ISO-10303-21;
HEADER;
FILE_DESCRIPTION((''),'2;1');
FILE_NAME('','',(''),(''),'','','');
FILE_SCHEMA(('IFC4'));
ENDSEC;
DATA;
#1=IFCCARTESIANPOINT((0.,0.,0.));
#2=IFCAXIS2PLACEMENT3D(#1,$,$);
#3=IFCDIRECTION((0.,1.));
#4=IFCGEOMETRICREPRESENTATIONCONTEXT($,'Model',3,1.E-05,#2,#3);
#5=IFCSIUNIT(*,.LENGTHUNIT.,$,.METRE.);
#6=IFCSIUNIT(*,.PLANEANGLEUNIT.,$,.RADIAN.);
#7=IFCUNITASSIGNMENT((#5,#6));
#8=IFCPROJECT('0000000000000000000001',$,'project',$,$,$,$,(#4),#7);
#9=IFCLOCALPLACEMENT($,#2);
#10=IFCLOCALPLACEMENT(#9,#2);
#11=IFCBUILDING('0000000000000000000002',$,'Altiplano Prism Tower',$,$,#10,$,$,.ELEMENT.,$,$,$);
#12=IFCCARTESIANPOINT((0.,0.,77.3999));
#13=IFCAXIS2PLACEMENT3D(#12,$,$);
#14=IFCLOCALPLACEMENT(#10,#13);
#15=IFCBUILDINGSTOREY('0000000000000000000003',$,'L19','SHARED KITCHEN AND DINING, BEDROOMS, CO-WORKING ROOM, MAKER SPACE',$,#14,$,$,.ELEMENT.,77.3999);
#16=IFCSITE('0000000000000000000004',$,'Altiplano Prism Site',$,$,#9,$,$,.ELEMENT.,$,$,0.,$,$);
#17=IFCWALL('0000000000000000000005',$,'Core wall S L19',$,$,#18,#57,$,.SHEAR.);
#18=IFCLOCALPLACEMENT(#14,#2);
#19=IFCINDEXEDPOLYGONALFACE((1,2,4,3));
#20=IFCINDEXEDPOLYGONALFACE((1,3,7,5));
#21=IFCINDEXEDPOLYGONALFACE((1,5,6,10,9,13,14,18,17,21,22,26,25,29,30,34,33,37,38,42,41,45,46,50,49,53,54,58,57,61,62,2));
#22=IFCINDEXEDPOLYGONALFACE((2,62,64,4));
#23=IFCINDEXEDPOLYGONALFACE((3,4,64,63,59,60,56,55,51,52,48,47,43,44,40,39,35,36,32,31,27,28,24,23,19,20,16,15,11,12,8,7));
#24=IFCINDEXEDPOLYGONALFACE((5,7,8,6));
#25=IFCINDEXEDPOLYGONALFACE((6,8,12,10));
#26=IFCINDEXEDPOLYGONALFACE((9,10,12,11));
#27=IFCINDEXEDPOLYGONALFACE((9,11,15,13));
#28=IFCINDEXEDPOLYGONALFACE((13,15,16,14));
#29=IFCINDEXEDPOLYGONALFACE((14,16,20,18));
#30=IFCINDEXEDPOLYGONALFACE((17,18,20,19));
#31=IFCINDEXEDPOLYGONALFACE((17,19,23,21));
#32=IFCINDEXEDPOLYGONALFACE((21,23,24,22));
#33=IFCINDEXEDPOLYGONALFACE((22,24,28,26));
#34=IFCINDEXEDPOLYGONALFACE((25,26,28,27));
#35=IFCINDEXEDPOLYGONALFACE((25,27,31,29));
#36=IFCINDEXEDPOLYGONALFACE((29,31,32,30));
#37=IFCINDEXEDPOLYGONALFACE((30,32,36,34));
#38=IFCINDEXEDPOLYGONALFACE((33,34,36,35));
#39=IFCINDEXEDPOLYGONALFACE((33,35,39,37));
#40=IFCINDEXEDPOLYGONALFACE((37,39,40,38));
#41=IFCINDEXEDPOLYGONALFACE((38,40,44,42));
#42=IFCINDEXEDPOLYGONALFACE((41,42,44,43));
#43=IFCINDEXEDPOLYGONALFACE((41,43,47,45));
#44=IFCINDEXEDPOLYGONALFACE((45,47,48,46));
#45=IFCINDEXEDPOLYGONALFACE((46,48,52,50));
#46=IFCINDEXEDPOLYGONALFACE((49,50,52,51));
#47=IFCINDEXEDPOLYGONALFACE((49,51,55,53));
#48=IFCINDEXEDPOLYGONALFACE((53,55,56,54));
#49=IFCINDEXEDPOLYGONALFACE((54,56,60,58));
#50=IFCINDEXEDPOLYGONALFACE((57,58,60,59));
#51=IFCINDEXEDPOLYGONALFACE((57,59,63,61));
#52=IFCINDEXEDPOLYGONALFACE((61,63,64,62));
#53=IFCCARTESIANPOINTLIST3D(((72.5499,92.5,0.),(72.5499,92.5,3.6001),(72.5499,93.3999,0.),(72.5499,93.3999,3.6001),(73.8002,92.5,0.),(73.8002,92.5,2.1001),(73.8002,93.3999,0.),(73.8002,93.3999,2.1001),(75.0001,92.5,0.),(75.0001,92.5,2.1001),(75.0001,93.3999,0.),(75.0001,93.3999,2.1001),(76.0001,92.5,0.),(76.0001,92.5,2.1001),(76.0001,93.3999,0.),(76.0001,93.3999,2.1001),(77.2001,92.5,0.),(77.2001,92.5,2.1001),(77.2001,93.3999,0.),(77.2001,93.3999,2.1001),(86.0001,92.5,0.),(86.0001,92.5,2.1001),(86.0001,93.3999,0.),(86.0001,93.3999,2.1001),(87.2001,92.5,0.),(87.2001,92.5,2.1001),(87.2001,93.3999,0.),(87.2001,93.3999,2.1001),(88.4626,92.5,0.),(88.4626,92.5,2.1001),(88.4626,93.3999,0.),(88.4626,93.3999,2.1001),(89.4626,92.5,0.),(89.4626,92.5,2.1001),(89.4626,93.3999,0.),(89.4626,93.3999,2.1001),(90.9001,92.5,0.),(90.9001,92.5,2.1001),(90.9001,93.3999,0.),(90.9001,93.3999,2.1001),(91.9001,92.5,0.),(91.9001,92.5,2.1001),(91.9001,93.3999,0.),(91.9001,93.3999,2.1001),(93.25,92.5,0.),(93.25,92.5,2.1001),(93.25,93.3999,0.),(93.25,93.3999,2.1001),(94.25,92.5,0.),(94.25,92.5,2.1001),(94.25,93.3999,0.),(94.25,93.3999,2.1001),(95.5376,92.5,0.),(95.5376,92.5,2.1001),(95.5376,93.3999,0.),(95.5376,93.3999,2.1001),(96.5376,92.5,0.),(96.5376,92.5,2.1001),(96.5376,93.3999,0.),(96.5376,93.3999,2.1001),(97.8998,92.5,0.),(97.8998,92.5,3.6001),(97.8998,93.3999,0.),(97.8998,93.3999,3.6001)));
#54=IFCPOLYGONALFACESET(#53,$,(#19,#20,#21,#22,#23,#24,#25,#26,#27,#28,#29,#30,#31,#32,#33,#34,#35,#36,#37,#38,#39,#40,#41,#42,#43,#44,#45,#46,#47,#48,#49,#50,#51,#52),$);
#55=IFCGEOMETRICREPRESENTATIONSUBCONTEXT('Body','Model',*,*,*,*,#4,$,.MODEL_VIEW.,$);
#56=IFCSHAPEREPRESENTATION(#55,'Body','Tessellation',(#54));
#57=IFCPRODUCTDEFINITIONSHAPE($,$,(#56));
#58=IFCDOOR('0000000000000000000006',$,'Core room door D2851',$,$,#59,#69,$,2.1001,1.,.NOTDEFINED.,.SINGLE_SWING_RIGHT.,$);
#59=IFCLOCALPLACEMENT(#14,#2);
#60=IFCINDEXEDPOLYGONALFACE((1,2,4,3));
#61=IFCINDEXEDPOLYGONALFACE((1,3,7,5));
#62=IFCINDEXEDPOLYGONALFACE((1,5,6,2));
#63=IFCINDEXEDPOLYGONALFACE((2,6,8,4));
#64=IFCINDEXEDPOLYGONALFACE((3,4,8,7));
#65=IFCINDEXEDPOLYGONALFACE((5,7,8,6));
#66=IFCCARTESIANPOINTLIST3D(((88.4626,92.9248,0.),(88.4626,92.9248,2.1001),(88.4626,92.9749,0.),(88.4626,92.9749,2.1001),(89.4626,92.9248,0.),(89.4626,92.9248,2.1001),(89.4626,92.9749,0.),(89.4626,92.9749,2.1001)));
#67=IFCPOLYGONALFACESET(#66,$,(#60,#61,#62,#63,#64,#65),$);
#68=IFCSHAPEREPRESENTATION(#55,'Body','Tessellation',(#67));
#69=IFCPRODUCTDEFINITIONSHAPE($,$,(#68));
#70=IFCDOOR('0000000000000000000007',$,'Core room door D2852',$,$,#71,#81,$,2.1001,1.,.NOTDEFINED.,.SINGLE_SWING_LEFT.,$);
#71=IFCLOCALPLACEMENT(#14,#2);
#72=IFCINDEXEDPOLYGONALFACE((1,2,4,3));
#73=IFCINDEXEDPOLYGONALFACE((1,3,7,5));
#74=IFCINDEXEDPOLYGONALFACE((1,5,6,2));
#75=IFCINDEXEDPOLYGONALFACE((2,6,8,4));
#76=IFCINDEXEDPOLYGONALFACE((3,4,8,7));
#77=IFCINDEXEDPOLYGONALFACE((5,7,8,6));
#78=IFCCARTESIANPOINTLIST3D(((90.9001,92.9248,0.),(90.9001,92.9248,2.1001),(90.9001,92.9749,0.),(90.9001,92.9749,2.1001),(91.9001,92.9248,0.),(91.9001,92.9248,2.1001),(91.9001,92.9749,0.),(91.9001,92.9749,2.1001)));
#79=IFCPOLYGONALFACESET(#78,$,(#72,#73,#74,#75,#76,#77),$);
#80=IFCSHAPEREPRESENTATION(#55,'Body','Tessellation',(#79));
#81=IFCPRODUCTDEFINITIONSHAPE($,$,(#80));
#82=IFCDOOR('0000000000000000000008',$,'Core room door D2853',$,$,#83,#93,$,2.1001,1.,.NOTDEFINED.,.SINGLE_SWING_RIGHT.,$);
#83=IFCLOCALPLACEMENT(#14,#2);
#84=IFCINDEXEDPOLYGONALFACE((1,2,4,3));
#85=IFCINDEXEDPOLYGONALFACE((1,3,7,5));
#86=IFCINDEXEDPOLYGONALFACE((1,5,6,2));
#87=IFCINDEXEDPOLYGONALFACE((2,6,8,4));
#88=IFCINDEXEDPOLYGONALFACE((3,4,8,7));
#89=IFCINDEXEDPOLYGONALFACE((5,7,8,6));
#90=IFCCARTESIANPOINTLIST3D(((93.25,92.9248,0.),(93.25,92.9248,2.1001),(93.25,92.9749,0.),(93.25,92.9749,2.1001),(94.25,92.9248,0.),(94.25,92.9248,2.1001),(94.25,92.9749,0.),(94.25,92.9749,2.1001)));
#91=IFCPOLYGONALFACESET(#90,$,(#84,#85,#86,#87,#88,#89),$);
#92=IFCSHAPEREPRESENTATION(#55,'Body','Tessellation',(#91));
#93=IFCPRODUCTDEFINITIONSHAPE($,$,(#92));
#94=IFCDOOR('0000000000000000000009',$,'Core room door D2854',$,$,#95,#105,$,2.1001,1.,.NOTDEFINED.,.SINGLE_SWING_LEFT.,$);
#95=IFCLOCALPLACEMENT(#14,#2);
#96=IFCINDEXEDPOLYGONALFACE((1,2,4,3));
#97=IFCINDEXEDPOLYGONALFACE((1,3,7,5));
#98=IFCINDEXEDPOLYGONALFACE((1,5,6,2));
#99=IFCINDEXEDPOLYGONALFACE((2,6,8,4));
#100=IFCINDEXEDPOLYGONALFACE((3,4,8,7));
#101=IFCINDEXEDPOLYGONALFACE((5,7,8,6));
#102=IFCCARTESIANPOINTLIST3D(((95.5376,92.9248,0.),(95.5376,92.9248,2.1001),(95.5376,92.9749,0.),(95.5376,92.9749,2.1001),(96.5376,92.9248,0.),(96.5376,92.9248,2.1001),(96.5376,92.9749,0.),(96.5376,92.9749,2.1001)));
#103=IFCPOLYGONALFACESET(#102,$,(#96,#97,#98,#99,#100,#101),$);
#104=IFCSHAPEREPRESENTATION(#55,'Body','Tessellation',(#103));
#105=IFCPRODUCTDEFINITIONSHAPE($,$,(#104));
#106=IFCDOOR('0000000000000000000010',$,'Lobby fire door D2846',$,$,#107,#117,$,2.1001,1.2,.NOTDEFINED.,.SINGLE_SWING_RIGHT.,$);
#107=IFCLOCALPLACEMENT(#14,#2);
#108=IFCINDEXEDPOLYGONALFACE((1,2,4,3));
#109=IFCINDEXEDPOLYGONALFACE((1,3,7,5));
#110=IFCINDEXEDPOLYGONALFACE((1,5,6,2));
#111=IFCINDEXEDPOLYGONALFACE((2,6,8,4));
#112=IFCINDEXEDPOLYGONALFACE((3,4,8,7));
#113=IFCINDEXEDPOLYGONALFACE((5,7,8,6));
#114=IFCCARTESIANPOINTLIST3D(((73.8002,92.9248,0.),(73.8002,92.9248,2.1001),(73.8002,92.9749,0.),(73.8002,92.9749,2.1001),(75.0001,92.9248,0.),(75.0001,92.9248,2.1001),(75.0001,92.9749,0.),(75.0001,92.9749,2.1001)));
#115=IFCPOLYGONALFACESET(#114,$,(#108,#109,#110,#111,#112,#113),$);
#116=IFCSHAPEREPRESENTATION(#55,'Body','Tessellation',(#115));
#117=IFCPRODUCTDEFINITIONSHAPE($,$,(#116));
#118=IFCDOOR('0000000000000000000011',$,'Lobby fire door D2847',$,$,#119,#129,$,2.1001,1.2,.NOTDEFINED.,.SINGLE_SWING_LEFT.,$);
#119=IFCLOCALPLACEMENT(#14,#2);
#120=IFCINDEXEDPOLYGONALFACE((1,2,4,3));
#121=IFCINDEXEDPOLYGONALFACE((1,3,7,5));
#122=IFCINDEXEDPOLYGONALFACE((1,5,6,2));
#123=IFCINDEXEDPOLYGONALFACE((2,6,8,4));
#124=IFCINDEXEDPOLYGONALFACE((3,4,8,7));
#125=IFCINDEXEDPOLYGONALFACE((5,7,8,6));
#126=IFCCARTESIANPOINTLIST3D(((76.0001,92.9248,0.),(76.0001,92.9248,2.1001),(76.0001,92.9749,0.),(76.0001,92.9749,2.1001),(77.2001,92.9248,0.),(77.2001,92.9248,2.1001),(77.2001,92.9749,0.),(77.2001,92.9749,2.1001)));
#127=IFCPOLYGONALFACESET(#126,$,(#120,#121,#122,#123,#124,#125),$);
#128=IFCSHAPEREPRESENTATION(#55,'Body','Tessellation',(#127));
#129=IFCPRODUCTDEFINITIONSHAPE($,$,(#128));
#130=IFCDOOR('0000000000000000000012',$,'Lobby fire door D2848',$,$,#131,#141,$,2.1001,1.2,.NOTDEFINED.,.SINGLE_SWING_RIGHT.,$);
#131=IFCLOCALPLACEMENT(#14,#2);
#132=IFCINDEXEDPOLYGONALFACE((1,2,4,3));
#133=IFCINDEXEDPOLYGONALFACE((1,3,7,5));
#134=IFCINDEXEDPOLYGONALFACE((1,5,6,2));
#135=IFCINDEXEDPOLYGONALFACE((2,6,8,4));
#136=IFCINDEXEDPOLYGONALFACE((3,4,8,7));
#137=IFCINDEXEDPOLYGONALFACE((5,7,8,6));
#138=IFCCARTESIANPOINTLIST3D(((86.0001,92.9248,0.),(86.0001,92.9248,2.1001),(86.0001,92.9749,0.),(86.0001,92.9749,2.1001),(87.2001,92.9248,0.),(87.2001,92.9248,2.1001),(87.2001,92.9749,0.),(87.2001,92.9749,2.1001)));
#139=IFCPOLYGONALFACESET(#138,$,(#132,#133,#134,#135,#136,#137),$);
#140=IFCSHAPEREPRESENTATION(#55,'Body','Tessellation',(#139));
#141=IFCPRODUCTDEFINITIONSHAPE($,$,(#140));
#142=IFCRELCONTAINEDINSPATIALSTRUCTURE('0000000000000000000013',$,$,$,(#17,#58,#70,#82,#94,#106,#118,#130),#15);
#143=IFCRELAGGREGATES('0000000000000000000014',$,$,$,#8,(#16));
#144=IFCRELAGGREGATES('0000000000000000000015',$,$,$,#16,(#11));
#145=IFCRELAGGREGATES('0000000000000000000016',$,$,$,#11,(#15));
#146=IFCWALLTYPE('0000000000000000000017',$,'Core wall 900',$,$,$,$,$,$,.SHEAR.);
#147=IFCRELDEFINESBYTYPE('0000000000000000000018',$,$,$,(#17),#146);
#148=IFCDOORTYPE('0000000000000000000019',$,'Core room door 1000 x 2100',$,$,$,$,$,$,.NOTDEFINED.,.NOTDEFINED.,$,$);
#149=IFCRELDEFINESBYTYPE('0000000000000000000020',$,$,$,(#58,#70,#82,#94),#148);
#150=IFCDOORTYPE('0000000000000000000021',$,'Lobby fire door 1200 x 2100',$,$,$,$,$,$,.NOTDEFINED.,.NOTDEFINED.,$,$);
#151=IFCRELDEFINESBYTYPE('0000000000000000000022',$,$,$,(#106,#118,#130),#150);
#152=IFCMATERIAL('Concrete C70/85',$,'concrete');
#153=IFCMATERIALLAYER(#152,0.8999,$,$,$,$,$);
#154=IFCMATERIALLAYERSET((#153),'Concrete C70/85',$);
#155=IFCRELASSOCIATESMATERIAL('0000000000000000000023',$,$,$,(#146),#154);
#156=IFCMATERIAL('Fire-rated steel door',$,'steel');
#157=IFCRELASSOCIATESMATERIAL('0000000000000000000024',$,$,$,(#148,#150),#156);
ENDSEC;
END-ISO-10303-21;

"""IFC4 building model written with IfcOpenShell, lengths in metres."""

from ifc_helpers import new_model, si_unit, direction, frame, frame_2d, origin, place, context, subcontext, project, spatial, rectangle, extrude, material, layer, layer_set, type_object, element, fill, save


model = new_model("IFC4")

# Units and contexts
model_context = context("Model", 3, precision=1e-05, world=origin(), true_north=direction((0.0, 1.0)))
body_context = subcontext(model_context, "Body", "Model", "MODEL_VIEW")
ifc_project = project(units=[si_unit("LENGTHUNIT", "METRE"), si_unit("PLANEANGLEUNIT", "RADIAN")], contexts=[model_context])

# Site, building, storey
site_placement = place(None, origin())
site = spatial("IfcSite", under=ifc_project, at=site_placement, Name="Altiplano Prism Site", CompositionType="ELEMENT", RefElevation=0.0)
building_placement = place(site_placement, origin())
building = spatial("IfcBuilding", under=site, at=building_placement, Name="Altiplano Prism Tower", CompositionType="ELEMENT")
storey_placement = place(building_placement, frame((0.0, 0.0, 77.3999)))
storey = spatial("IfcBuildingStorey", under=building, at=storey_placement, Name="L19", Description="SHARED KITCHEN AND DINING, BEDROOMS, CO-WORKING ROOM, MAKER SPACE", CompositionType="ELEMENT", Elevation=77.3999)

# Wall, openings, doors
ifc_material_1 = material(Name="Concrete C70/85", Category="concrete")
ifc_layer_1 = layer(ifc_material_1, 0.8999)
ifc_layer_set_1 = layer_set([ifc_layer_1], Name="Concrete C70/85")
wall_type_1 = type_object("IfcWallType", Name="Core wall 900", PredefinedType="SHEAR", material=ifc_layer_set_1)
wall_1_placement = place(storey_placement, frame((72.55, 92.95, 0.0), z_axis=(0.0, 0.0, 1.0), x_axis=(1.0, 0.0, 0.0)))
wall_1 = element("IfcWall", 1, at=wall_1_placement, inside=storey, type_object=wall_type_1, Name="Core wall S L19", PredefinedType="SHEAR", context=body_context, shape_type="SweptSolid", body=[
    extrude(rectangle(XDim=25.3499, YDim=0.8999, at=frame_2d((12.6748, 0.0))), origin(), (0.0, 0.0, 1.0), 3.6001),
])
opening_1_placement = place(wall_1_placement, frame((1.25, 0.0, 0.0)))
opening_1 = element("IfcOpeningElement", 2, at=opening_1_placement, cuts=wall_1, PredefinedType="OPENING", context=body_context, shape_type="SweptSolid", body=[
    extrude(rectangle(XDim=1.2, YDim=2.1001, at=frame_2d((0.6001, 1.05))), frame((0.0, 0.4604, 0.0), z_axis=(0.0, -1.0, 0.0), x_axis=(1.0, 0.0, 0.0)), (0.0, 0.0, 1.0), 0.9209),
])
opening_2_placement = place(wall_1_placement, frame((3.45, 0.0, 0.0)))
opening_2 = element("IfcOpeningElement", 3, at=opening_2_placement, cuts=wall_1, PredefinedType="OPENING", context=body_context, shape_type="SweptSolid", body=[
    extrude(rectangle(XDim=1.2, YDim=2.1001, at=frame_2d((0.6001, 1.05))), frame((0.0, 0.4604, 0.0), z_axis=(0.0, -1.0, 0.0), x_axis=(1.0, 0.0, 0.0)), (0.0, 0.0, 1.0), 0.9209),
])
opening_3_placement = place(wall_1_placement, frame((13.45, 0.0, 0.0)))
opening_3 = element("IfcOpeningElement", 4, at=opening_3_placement, cuts=wall_1, PredefinedType="OPENING", context=body_context, shape_type="SweptSolid", body=[
    extrude(rectangle(XDim=1.2, YDim=2.1001, at=frame_2d((0.6001, 1.05))), frame((0.0, 0.4604, 0.0), z_axis=(0.0, -1.0, 0.0), x_axis=(1.0, 0.0, 0.0)), (0.0, 0.0, 1.0), 0.9209),
])
opening_4_placement = place(wall_1_placement, frame((15.9126, 0.0, 0.0)))
opening_4 = element("IfcOpeningElement", 5, at=opening_4_placement, cuts=wall_1, PredefinedType="OPENING", context=body_context, shape_type="SweptSolid", body=[
    extrude(rectangle(XDim=1.0, YDim=2.1001, at=frame_2d((0.5, 1.05))), frame((0.0, 0.4604, 0.0), z_axis=(0.0, -1.0, 0.0), x_axis=(1.0, 0.0, 0.0)), (0.0, 0.0, 1.0), 0.9209),
])
opening_5_placement = place(wall_1_placement, frame((18.3501, 0.0, 0.0)))
opening_5 = element("IfcOpeningElement", 6, at=opening_5_placement, cuts=wall_1, PredefinedType="OPENING", context=body_context, shape_type="SweptSolid", body=[
    extrude(rectangle(XDim=1.0, YDim=2.1001, at=frame_2d((0.5, 1.05))), frame((0.0, 0.4604, 0.0), z_axis=(0.0, -1.0, 0.0), x_axis=(1.0, 0.0, 0.0)), (0.0, 0.0, 1.0), 0.9209),
])
opening_6_placement = place(wall_1_placement, frame((20.7, 0.0, 0.0)))
opening_6 = element("IfcOpeningElement", 7, at=opening_6_placement, cuts=wall_1, PredefinedType="OPENING", context=body_context, shape_type="SweptSolid", body=[
    extrude(rectangle(XDim=1.0, YDim=2.1001, at=frame_2d((0.5, 1.05))), frame((0.0, 0.4604, 0.0), z_axis=(0.0, -1.0, 0.0), x_axis=(1.0, 0.0, 0.0)), (0.0, 0.0, 1.0), 0.9209),
])
opening_7_placement = place(wall_1_placement, frame((22.9875, 0.0, 0.0)))
opening_7 = element("IfcOpeningElement", 8, at=opening_7_placement, cuts=wall_1, PredefinedType="OPENING", context=body_context, shape_type="SweptSolid", body=[
    extrude(rectangle(XDim=1.0, YDim=2.1001, at=frame_2d((0.5, 1.05))), frame((0.0, 0.4604, 0.0), z_axis=(0.0, -1.0, 0.0), x_axis=(1.0, 0.0, 0.0)), (0.0, 0.0, 1.0), 0.9209),
])
ifc_material_2 = material(Name="Fire-rated steel door", Category="steel")
door_type_1 = type_object("IfcDoorType", Name="Core room door 1000 x 2100", OperationType="NOTDEFINED", PredefinedType="NOTDEFINED", material=ifc_material_2)
door_1_placement = place(opening_4_placement, origin())
door_1 = element("IfcDoor", 9, at=door_1_placement, inside=storey, type_object=door_type_1, Name="Core room door D2851", OperationType="SINGLE_SWING_RIGHT", OverallHeight=2.1001, OverallWidth=1.0, PredefinedType="NOTDEFINED", context=body_context, shape_type="SweptSolid", body=[
    extrude(rectangle(XDim=1.0, YDim=2.1001, at=frame_2d((0.5, 1.05))), frame((0.0, 0.0249, 0.0), z_axis=(0.0, -1.0, 0.0), x_axis=(1.0, 0.0, 0.0)), (0.0, 0.0, 1.0), 0.05),
])
fill(opening_4, door_1)
door_2_placement = place(opening_5_placement, origin())
door_2 = element("IfcDoor", 10, at=door_2_placement, inside=storey, type_object=door_type_1, Name="Core room door D2852", OperationType="SINGLE_SWING_LEFT", OverallHeight=2.1001, OverallWidth=1.0, PredefinedType="NOTDEFINED", context=body_context, shape_type="SweptSolid", body=[
    extrude(rectangle(XDim=1.0, YDim=2.1001, at=frame_2d((0.5, 1.05))), frame((0.0, 0.0249, 0.0), z_axis=(0.0, -1.0, 0.0), x_axis=(1.0, 0.0, 0.0)), (0.0, 0.0, 1.0), 0.05),
])
fill(opening_5, door_2)
door_3_placement = place(opening_6_placement, origin())
door_3 = element("IfcDoor", 11, at=door_3_placement, inside=storey, type_object=door_type_1, Name="Core room door D2853", OperationType="SINGLE_SWING_RIGHT", OverallHeight=2.1001, OverallWidth=1.0, PredefinedType="NOTDEFINED", context=body_context, shape_type="SweptSolid", body=[
    extrude(rectangle(XDim=1.0, YDim=2.1001, at=frame_2d((0.5, 1.05))), frame((0.0, 0.0249, 0.0), z_axis=(0.0, -1.0, 0.0), x_axis=(1.0, 0.0, 0.0)), (0.0, 0.0, 1.0), 0.05),
])
fill(opening_6, door_3)
door_4_placement = place(opening_7_placement, origin())
door_4 = element("IfcDoor", 12, at=door_4_placement, inside=storey, type_object=door_type_1, Name="Core room door D2854", OperationType="SINGLE_SWING_LEFT", OverallHeight=2.1001, OverallWidth=1.0, PredefinedType="NOTDEFINED", context=body_context, shape_type="SweptSolid", body=[
    extrude(rectangle(XDim=1.0, YDim=2.1001, at=frame_2d((0.5, 1.05))), frame((0.0, 0.0249, 0.0), z_axis=(0.0, -1.0, 0.0), x_axis=(1.0, 0.0, 0.0)), (0.0, 0.0, 1.0), 0.05),
])
fill(opening_7, door_4)
door_type_2 = type_object("IfcDoorType", Name="Lobby fire door 1200 x 2100", OperationType="NOTDEFINED", PredefinedType="NOTDEFINED", material=ifc_material_2)
door_5_placement = place(opening_1_placement, origin())
door_5 = element("IfcDoor", 13, at=door_5_placement, inside=storey, type_object=door_type_2, Name="Lobby fire door D2846", OperationType="SINGLE_SWING_RIGHT", OverallHeight=2.1001, OverallWidth=1.2, PredefinedType="NOTDEFINED", context=body_context, shape_type="SweptSolid", body=[
    extrude(rectangle(XDim=1.2, YDim=2.1001, at=frame_2d((0.6001, 1.05))), frame((0.0, 0.0249, 0.0), z_axis=(0.0, -1.0, 0.0), x_axis=(1.0, 0.0, 0.0)), (0.0, 0.0, 1.0), 0.05),
])
fill(opening_1, door_5)
door_6_placement = place(opening_2_placement, origin())
door_6 = element("IfcDoor", 14, at=door_6_placement, inside=storey, type_object=door_type_2, Name="Lobby fire door D2847", OperationType="SINGLE_SWING_LEFT", OverallHeight=2.1001, OverallWidth=1.2, PredefinedType="NOTDEFINED", context=body_context, shape_type="SweptSolid", body=[
    extrude(rectangle(XDim=1.2, YDim=2.1001, at=frame_2d((0.6001, 1.05))), frame((0.0, 0.0249, 0.0), z_axis=(0.0, -1.0, 0.0), x_axis=(1.0, 0.0, 0.0)), (0.0, 0.0, 1.0), 0.05),
])
fill(opening_2, door_6)
door_7_placement = place(opening_3_placement, origin())
door_7 = element("IfcDoor", 15, at=door_7_placement, inside=storey, type_object=door_type_2, Name="Lobby fire door D2848", OperationType="SINGLE_SWING_RIGHT", OverallHeight=2.1001, OverallWidth=1.2, PredefinedType="NOTDEFINED", context=body_context, shape_type="SweptSolid", body=[
    extrude(rectangle(XDim=1.2, YDim=2.1001, at=frame_2d((0.6001, 1.05))), frame((0.0, 0.0249, 0.0), z_axis=(0.0, -1.0, 0.0), x_axis=(1.0, 0.0, 0.0)), (0.0, 0.0, 1.0), 0.05),
])
fill(opening_3, door_7)

save(model, "model.ifc")
